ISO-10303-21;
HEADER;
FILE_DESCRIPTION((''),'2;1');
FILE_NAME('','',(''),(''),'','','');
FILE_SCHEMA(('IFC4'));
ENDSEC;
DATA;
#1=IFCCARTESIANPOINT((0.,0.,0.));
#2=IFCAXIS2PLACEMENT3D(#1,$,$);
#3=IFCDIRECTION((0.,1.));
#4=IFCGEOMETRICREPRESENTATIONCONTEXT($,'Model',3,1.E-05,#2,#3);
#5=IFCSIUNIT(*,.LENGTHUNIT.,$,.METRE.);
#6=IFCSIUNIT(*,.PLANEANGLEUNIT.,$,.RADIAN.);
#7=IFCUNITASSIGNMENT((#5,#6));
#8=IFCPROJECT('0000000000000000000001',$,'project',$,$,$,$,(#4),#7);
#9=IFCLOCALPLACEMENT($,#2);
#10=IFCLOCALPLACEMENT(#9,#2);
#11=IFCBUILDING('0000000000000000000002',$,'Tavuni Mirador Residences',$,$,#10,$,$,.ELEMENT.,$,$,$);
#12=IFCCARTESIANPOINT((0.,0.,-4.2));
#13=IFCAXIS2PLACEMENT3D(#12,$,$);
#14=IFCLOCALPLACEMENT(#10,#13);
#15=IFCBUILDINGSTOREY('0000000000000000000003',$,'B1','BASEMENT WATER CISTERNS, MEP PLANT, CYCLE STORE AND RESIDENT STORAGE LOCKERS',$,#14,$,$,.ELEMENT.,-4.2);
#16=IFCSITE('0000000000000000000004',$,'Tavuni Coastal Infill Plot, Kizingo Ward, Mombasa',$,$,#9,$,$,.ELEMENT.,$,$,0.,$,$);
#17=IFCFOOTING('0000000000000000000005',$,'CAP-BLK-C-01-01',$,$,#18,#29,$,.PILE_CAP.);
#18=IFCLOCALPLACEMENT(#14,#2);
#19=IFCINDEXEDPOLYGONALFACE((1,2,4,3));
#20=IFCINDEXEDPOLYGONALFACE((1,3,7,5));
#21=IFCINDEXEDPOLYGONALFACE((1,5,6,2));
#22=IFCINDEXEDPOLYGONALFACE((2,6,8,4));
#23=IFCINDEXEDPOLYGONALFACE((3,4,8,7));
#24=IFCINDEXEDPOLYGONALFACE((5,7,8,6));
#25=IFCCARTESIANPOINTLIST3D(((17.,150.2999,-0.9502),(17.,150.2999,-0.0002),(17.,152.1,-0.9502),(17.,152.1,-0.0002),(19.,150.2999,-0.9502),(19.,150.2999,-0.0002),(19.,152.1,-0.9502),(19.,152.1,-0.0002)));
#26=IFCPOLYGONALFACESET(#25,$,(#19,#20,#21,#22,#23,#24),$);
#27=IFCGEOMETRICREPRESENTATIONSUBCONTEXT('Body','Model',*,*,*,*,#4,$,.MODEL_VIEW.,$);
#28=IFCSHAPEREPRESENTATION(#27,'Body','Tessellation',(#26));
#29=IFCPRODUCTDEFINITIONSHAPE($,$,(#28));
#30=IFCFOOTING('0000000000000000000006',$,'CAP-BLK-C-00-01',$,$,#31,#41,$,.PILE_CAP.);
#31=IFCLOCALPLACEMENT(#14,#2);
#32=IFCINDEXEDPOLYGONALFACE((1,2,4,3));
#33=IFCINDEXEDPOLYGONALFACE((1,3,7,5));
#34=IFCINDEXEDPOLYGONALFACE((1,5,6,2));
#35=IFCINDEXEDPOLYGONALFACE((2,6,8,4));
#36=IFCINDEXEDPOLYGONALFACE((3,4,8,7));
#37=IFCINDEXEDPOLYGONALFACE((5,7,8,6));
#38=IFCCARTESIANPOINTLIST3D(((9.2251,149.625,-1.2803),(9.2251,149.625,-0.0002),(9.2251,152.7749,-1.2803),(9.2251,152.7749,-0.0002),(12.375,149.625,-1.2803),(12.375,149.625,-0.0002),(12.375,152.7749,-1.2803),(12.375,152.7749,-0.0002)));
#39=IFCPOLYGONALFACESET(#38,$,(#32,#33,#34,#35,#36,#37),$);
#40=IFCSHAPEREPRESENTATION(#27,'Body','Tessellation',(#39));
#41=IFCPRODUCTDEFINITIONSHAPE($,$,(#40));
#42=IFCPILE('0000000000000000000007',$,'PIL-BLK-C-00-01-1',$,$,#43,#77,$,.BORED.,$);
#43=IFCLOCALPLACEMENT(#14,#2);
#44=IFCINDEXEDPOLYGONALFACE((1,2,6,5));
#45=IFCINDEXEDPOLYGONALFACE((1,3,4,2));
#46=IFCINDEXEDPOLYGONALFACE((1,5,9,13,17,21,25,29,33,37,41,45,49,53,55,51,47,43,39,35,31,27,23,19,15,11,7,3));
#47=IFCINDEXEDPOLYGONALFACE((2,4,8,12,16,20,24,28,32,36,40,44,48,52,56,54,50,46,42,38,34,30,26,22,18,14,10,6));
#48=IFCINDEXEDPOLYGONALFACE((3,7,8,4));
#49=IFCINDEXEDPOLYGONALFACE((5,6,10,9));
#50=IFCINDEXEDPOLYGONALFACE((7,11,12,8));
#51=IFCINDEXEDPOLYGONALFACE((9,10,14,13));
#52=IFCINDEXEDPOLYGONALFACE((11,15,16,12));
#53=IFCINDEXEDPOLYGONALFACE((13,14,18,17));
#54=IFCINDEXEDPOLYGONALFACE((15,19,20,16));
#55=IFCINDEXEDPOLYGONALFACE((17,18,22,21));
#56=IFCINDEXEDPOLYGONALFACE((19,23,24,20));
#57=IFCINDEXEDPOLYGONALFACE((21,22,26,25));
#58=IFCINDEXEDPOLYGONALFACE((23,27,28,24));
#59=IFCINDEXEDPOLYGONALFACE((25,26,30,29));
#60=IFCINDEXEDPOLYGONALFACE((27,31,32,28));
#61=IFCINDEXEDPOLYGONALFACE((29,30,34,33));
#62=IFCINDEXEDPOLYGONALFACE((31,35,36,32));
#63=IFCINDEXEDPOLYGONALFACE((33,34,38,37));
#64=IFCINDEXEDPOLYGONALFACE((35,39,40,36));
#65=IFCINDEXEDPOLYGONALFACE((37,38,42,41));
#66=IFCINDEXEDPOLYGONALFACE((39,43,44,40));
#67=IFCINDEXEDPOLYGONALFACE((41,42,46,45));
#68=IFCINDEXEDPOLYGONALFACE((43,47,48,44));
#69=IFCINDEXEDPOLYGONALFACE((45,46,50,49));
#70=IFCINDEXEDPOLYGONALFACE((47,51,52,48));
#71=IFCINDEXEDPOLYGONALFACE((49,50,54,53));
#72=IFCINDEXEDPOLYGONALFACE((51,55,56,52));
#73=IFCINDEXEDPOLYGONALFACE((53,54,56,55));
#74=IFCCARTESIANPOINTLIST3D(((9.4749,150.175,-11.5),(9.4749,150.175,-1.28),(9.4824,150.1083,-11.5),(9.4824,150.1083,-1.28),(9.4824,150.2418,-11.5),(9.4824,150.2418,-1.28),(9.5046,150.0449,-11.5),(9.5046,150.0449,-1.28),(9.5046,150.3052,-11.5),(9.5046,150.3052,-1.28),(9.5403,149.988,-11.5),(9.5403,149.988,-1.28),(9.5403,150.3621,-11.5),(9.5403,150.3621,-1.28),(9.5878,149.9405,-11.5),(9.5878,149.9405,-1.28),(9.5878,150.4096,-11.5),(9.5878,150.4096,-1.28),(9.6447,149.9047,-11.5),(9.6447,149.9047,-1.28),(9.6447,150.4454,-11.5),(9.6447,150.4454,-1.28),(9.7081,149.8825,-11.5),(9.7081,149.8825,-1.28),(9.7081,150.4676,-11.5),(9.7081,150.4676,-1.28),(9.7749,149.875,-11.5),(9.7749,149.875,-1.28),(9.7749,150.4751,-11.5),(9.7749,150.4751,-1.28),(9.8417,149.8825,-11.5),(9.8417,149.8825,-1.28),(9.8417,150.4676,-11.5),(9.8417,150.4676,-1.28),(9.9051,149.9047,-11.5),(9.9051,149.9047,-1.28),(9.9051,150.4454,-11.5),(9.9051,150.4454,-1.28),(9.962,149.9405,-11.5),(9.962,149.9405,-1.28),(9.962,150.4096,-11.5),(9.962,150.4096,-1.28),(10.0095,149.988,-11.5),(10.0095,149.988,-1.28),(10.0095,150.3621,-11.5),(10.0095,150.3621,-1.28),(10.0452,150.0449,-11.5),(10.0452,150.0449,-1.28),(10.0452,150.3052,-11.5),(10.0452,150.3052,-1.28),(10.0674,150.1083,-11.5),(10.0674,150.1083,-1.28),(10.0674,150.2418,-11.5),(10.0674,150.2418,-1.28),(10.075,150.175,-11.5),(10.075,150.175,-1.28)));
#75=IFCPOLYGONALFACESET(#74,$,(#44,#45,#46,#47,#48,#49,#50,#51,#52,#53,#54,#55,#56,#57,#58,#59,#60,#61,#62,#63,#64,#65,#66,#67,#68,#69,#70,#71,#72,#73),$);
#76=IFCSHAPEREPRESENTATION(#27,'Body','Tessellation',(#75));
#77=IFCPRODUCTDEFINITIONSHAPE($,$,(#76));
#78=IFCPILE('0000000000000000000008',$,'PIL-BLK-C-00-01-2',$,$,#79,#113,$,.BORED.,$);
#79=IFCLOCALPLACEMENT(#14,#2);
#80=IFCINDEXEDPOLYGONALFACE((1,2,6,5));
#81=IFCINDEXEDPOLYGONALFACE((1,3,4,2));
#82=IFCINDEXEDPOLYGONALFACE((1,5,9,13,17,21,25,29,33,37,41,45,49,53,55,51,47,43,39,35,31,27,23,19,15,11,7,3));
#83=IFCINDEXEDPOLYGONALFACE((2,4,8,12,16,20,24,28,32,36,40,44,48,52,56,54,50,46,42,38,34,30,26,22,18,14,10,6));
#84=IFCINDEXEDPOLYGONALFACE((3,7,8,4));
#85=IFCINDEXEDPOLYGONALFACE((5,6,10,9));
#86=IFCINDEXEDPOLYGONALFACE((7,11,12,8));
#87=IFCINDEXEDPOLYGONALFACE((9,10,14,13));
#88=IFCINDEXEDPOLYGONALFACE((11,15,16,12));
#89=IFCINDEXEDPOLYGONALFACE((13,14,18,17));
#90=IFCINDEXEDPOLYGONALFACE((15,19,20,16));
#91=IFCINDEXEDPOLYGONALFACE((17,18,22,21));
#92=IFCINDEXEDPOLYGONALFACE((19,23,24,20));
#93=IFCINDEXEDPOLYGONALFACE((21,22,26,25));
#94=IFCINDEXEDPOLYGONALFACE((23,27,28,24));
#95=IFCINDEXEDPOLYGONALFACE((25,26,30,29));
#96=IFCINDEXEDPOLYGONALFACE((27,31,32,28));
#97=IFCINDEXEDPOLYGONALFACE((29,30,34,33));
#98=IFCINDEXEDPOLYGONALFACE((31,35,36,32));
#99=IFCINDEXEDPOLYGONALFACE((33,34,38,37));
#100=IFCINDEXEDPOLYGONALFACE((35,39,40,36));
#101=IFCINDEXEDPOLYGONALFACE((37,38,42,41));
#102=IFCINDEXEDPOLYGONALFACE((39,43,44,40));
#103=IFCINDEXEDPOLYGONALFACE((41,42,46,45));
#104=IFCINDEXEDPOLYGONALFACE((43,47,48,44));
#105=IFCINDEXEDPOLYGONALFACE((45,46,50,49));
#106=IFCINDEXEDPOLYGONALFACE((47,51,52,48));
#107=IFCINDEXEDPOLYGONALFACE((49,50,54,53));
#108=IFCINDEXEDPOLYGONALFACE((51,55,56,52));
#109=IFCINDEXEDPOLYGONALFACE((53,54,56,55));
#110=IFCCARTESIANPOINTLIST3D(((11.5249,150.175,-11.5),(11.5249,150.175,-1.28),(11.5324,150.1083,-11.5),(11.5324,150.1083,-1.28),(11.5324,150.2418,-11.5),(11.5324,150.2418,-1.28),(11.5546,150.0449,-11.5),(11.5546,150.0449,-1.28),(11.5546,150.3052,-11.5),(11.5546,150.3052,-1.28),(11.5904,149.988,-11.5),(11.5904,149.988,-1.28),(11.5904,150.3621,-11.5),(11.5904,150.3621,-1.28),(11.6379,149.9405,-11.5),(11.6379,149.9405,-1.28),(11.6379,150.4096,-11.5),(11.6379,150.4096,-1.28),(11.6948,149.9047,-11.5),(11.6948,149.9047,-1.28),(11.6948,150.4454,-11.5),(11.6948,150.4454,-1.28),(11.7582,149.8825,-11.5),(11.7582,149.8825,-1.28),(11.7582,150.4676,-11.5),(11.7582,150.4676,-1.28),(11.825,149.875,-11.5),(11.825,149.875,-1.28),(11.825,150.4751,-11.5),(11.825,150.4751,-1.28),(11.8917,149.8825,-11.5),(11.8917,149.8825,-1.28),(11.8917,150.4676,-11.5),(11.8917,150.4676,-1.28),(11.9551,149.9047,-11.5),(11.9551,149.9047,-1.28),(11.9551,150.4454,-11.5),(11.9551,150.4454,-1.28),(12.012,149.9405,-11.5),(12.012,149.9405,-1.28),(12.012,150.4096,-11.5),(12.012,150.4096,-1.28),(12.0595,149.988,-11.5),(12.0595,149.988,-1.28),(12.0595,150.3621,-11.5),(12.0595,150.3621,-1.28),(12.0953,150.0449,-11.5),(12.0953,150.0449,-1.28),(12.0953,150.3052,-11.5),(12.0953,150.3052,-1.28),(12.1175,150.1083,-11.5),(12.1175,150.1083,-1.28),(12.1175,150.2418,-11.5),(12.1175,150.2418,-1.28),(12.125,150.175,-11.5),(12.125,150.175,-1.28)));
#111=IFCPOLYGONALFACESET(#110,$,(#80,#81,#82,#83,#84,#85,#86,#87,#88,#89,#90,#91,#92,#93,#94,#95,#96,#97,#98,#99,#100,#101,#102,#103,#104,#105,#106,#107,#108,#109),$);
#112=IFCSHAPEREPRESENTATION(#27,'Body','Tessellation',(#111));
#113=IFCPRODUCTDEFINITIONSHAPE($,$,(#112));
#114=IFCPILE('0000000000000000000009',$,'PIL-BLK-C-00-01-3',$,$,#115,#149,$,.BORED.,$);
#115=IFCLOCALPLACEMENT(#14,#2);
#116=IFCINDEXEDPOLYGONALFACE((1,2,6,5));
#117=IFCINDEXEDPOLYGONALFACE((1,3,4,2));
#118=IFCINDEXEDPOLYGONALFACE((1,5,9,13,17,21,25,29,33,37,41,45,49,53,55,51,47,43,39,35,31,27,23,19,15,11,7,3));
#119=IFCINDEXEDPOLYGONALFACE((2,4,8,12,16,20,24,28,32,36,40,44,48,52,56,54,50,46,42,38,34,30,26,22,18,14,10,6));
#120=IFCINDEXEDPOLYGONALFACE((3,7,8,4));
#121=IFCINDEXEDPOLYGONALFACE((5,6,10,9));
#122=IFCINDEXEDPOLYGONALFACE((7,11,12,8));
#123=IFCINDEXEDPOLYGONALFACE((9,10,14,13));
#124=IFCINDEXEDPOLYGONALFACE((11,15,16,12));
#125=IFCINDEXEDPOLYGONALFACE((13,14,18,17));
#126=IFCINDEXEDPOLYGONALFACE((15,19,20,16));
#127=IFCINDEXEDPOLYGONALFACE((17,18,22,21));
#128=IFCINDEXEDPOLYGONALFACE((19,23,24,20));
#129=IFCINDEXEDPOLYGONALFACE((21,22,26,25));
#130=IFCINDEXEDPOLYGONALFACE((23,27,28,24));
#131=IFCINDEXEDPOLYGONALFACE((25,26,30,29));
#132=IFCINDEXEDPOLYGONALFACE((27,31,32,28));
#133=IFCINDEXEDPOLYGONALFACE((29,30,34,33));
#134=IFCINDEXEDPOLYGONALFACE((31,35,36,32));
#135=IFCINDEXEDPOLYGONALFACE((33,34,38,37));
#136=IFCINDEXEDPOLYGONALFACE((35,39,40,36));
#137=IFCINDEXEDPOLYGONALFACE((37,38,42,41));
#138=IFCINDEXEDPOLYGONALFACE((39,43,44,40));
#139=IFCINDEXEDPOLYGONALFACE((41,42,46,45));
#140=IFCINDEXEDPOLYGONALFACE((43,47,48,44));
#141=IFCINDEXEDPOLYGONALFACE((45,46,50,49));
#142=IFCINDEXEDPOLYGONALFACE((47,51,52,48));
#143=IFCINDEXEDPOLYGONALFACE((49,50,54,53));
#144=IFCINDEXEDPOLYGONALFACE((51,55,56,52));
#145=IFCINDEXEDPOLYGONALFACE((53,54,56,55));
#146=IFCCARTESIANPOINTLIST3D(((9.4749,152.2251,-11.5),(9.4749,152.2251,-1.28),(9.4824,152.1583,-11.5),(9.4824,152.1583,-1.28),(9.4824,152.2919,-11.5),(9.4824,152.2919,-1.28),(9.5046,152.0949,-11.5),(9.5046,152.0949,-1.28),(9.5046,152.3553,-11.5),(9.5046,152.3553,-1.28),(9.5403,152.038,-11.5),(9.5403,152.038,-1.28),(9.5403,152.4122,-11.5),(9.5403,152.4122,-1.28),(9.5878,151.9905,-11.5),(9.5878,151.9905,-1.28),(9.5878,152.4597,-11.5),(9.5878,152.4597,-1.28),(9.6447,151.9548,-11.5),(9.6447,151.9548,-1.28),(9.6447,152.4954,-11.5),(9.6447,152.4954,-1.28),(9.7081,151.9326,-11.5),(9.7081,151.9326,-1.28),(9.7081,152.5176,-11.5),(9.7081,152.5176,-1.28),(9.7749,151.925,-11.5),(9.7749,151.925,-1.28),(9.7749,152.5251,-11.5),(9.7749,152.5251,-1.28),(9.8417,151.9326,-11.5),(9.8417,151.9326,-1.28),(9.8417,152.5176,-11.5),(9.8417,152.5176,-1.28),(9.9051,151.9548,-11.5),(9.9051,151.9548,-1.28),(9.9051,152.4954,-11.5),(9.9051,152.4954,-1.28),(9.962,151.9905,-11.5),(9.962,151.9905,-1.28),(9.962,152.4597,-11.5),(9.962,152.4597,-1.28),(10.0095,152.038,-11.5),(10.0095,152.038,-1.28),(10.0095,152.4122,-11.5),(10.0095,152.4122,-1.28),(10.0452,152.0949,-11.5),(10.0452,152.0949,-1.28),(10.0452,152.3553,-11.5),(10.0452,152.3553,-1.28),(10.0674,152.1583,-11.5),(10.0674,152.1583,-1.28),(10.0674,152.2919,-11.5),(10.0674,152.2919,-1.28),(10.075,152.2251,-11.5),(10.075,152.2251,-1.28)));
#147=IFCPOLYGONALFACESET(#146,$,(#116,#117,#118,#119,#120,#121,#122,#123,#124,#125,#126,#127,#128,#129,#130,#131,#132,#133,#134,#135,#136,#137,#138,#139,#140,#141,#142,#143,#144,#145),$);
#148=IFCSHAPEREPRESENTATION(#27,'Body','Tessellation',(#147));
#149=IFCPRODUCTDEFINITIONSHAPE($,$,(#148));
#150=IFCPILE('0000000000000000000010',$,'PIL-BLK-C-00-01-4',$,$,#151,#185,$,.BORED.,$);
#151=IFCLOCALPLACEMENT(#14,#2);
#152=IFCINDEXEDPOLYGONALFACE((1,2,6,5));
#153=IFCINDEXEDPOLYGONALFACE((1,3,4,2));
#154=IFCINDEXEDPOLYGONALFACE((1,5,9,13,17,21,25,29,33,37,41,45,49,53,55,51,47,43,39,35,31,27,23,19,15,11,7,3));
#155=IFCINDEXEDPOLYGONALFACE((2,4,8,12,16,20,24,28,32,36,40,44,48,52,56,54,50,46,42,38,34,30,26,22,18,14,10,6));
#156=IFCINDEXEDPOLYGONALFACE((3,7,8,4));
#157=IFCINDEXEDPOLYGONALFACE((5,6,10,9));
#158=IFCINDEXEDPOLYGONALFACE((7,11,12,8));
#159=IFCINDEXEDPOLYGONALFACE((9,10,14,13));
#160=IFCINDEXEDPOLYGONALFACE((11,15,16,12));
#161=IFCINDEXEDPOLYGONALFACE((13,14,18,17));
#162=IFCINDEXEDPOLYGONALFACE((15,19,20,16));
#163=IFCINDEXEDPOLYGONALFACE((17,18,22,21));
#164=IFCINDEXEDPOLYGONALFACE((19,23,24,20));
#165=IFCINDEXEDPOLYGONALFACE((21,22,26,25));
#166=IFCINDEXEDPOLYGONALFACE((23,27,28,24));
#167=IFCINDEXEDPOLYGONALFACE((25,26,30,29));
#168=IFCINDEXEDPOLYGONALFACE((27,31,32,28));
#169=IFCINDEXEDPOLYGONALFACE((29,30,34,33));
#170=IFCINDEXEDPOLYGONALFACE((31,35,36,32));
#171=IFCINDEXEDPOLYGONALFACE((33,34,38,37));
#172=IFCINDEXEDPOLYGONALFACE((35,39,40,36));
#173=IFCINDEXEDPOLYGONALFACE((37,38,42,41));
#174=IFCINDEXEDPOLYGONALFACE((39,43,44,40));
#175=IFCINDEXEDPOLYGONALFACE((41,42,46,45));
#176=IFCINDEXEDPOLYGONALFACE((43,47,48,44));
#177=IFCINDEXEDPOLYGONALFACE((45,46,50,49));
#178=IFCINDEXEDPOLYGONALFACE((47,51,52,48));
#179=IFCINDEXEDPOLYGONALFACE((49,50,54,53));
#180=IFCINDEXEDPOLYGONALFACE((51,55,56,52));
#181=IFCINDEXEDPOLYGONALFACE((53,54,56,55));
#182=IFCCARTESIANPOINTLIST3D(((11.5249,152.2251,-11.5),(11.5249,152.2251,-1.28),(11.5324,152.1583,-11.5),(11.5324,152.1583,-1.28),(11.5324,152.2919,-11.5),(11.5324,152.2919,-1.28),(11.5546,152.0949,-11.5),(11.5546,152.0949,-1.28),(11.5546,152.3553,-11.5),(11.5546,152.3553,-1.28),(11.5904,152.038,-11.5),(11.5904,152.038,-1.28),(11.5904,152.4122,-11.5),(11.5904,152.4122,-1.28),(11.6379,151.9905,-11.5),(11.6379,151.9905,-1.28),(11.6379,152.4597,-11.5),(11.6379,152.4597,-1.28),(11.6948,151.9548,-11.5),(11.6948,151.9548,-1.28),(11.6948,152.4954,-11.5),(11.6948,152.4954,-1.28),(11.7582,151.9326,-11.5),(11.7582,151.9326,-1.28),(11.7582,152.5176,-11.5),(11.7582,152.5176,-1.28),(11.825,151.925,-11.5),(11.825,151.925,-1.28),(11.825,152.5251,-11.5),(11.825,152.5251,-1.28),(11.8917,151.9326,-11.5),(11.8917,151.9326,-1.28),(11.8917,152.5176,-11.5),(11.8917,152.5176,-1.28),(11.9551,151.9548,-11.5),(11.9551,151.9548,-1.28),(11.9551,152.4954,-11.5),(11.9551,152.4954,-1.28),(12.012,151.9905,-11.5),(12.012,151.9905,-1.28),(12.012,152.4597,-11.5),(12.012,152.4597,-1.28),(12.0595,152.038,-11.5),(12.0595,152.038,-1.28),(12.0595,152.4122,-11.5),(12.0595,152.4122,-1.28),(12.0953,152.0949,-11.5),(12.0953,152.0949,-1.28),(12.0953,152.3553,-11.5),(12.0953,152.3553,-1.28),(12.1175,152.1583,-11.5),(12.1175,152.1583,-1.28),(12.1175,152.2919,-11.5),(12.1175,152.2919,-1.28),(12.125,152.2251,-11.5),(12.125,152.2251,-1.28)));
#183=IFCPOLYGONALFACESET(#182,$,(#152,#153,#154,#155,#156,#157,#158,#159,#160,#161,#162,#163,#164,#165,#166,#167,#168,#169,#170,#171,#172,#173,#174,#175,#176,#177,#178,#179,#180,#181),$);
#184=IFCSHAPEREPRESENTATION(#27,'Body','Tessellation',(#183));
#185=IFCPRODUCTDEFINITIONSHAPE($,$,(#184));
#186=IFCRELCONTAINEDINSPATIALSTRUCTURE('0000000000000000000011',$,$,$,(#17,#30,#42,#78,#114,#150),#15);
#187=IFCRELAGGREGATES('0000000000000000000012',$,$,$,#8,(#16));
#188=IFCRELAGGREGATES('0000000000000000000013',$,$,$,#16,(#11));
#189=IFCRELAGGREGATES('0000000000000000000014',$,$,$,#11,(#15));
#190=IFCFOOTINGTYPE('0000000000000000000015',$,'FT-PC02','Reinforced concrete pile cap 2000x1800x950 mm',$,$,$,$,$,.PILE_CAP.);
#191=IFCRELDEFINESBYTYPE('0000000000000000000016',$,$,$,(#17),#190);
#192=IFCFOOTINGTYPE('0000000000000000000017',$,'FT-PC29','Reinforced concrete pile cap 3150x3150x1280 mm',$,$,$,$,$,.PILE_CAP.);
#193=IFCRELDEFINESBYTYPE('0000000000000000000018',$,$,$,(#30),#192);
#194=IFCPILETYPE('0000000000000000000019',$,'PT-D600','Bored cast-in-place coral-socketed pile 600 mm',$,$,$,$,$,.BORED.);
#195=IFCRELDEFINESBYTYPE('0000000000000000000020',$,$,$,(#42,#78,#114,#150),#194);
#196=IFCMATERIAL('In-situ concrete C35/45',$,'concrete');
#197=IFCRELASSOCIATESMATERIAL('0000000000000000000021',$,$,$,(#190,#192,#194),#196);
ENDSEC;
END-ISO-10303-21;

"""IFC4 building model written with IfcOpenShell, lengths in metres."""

from ifc_helpers import new_model, si_unit, direction, frame, origin, origin_2d, place, context, subcontext, project, spatial, rectangle, circle, extrude, material, material_profile, profile_set, type_object, element, save


model = new_model("IFC4")

# Units and contexts
model_context = context("Model", 3, precision=1e-05, world=origin(), true_north=direction((0.0, 1.0)))
body_context = subcontext(model_context, "Body", "Model", "MODEL_VIEW")
ifc_project = project(units=[si_unit("LENGTHUNIT", "METRE"), si_unit("PLANEANGLEUNIT", "RADIAN")], contexts=[model_context])

# Site, building, storey
site_placement = place(None, origin())
site = spatial("IfcSite", under=ifc_project, at=site_placement, Name="Tavuni Coastal Infill Plot, Kizingo Ward, Mombasa", CompositionType="ELEMENT", RefElevation=0.0)
building_placement = place(site_placement, origin())
building = spatial("IfcBuilding", under=site, at=building_placement, Name="Tavuni Mirador Residences", CompositionType="ELEMENT")
storey_placement = place(building_placement, frame((0.0, 0.0, -4.2)))
storey = spatial("IfcBuildingStorey", under=building, at=storey_placement, Name="B1", Description="BASEMENT WATER CISTERNS, MEP PLANT, CYCLE STORE AND RESIDENT STORAGE LOCKERS", CompositionType="ELEMENT", Elevation=-4.2)

# Footings
ifc_material_1 = material(Name="In-situ concrete C35/45", Category="concrete")
footing_type_1 = type_object("IfcFootingType", Name="FT-PC02", Description="Reinforced concrete pile cap 2000x1800x950 mm", PredefinedType="PILE_CAP", material=ifc_material_1)
footing_1_placement = place(storey_placement, frame((18.0, 151.2, -0.9502), z_axis=(0.0, 0.0, 1.0), x_axis=(1.0, 0.0, 0.0)))
element("IfcFooting", 1, at=footing_1_placement, inside=storey, type_object=footing_type_1, Name="CAP-BLK-C-01-01", PredefinedType="PILE_CAP", context=body_context, shape_type="SweptSolid", body=[
    extrude(rectangle(XDim=2.0, YDim=1.8, at=origin_2d()), origin(), (0.0, 0.0, 1.0), 0.95),
])
footing_type_2 = type_object("IfcFootingType", Name="FT-PC29", Description="Reinforced concrete pile cap 3150x3150x1280 mm", PredefinedType="PILE_CAP", material=ifc_material_1)
footing_2_placement = place(storey_placement, frame((10.8, 151.2, -1.2803), z_axis=(0.0, 0.0, 1.0), x_axis=(1.0, 0.0, 0.0)))
element("IfcFooting", 2, at=footing_2_placement, inside=storey, type_object=footing_type_2, Name="CAP-BLK-C-00-01", PredefinedType="PILE_CAP", context=body_context, shape_type="SweptSolid", body=[
    extrude(rectangle(XDim=3.1499, YDim=3.1499, at=origin_2d()), origin(), (0.0, 0.0, 1.0), 1.28),
])

# Piles
ifc_material_profile_1 = material_profile(ifc_material_1, circle(Radius=0.3, at=origin_2d()), Name="PILE D600", Category="concrete")
ifc_profile_set_1 = profile_set([ifc_material_profile_1], Name="In-situ concrete C35/45")
pile_type_1 = type_object("IfcPileType", Name="PT-D600", Description="Bored cast-in-place coral-socketed pile 600 mm", PredefinedType="BORED", material=ifc_profile_set_1)
for number, where, z_axis, x_axis, name in (
    (3, (9.7749, 150.175, -1.28), (0.0, 0.0, -1.0), (1.0, 0.0, 0.0), "PIL-BLK-C-00-01-1"),
    (4, (11.825, 150.175, -1.28), (0.0, 0.0, -1.0), (1.0, 0.0, 0.0), "PIL-BLK-C-00-01-2"),
    (5, (9.7749, 152.2251, -1.28), (0.0, 0.0, -1.0), (1.0, 0.0, 0.0), "PIL-BLK-C-00-01-3"),
    (6, (11.825, 152.2251, -1.28), (0.0, 0.0, -1.0), (1.0, 0.0, 0.0), "PIL-BLK-C-00-01-4"),
):
    element("IfcPile", number, at=place(storey_placement, frame(where, z_axis=z_axis, x_axis=x_axis)), inside=storey, type_object=pile_type_1, Name=name, PredefinedType="BORED", context=body_context, shape_type="SweptSolid", body=[
        extrude(circle(Radius=0.3, at=origin_2d()), origin(), (0.0, 0.0, 1.0), 10.22),
    ])

save(model, "model.ifc")
